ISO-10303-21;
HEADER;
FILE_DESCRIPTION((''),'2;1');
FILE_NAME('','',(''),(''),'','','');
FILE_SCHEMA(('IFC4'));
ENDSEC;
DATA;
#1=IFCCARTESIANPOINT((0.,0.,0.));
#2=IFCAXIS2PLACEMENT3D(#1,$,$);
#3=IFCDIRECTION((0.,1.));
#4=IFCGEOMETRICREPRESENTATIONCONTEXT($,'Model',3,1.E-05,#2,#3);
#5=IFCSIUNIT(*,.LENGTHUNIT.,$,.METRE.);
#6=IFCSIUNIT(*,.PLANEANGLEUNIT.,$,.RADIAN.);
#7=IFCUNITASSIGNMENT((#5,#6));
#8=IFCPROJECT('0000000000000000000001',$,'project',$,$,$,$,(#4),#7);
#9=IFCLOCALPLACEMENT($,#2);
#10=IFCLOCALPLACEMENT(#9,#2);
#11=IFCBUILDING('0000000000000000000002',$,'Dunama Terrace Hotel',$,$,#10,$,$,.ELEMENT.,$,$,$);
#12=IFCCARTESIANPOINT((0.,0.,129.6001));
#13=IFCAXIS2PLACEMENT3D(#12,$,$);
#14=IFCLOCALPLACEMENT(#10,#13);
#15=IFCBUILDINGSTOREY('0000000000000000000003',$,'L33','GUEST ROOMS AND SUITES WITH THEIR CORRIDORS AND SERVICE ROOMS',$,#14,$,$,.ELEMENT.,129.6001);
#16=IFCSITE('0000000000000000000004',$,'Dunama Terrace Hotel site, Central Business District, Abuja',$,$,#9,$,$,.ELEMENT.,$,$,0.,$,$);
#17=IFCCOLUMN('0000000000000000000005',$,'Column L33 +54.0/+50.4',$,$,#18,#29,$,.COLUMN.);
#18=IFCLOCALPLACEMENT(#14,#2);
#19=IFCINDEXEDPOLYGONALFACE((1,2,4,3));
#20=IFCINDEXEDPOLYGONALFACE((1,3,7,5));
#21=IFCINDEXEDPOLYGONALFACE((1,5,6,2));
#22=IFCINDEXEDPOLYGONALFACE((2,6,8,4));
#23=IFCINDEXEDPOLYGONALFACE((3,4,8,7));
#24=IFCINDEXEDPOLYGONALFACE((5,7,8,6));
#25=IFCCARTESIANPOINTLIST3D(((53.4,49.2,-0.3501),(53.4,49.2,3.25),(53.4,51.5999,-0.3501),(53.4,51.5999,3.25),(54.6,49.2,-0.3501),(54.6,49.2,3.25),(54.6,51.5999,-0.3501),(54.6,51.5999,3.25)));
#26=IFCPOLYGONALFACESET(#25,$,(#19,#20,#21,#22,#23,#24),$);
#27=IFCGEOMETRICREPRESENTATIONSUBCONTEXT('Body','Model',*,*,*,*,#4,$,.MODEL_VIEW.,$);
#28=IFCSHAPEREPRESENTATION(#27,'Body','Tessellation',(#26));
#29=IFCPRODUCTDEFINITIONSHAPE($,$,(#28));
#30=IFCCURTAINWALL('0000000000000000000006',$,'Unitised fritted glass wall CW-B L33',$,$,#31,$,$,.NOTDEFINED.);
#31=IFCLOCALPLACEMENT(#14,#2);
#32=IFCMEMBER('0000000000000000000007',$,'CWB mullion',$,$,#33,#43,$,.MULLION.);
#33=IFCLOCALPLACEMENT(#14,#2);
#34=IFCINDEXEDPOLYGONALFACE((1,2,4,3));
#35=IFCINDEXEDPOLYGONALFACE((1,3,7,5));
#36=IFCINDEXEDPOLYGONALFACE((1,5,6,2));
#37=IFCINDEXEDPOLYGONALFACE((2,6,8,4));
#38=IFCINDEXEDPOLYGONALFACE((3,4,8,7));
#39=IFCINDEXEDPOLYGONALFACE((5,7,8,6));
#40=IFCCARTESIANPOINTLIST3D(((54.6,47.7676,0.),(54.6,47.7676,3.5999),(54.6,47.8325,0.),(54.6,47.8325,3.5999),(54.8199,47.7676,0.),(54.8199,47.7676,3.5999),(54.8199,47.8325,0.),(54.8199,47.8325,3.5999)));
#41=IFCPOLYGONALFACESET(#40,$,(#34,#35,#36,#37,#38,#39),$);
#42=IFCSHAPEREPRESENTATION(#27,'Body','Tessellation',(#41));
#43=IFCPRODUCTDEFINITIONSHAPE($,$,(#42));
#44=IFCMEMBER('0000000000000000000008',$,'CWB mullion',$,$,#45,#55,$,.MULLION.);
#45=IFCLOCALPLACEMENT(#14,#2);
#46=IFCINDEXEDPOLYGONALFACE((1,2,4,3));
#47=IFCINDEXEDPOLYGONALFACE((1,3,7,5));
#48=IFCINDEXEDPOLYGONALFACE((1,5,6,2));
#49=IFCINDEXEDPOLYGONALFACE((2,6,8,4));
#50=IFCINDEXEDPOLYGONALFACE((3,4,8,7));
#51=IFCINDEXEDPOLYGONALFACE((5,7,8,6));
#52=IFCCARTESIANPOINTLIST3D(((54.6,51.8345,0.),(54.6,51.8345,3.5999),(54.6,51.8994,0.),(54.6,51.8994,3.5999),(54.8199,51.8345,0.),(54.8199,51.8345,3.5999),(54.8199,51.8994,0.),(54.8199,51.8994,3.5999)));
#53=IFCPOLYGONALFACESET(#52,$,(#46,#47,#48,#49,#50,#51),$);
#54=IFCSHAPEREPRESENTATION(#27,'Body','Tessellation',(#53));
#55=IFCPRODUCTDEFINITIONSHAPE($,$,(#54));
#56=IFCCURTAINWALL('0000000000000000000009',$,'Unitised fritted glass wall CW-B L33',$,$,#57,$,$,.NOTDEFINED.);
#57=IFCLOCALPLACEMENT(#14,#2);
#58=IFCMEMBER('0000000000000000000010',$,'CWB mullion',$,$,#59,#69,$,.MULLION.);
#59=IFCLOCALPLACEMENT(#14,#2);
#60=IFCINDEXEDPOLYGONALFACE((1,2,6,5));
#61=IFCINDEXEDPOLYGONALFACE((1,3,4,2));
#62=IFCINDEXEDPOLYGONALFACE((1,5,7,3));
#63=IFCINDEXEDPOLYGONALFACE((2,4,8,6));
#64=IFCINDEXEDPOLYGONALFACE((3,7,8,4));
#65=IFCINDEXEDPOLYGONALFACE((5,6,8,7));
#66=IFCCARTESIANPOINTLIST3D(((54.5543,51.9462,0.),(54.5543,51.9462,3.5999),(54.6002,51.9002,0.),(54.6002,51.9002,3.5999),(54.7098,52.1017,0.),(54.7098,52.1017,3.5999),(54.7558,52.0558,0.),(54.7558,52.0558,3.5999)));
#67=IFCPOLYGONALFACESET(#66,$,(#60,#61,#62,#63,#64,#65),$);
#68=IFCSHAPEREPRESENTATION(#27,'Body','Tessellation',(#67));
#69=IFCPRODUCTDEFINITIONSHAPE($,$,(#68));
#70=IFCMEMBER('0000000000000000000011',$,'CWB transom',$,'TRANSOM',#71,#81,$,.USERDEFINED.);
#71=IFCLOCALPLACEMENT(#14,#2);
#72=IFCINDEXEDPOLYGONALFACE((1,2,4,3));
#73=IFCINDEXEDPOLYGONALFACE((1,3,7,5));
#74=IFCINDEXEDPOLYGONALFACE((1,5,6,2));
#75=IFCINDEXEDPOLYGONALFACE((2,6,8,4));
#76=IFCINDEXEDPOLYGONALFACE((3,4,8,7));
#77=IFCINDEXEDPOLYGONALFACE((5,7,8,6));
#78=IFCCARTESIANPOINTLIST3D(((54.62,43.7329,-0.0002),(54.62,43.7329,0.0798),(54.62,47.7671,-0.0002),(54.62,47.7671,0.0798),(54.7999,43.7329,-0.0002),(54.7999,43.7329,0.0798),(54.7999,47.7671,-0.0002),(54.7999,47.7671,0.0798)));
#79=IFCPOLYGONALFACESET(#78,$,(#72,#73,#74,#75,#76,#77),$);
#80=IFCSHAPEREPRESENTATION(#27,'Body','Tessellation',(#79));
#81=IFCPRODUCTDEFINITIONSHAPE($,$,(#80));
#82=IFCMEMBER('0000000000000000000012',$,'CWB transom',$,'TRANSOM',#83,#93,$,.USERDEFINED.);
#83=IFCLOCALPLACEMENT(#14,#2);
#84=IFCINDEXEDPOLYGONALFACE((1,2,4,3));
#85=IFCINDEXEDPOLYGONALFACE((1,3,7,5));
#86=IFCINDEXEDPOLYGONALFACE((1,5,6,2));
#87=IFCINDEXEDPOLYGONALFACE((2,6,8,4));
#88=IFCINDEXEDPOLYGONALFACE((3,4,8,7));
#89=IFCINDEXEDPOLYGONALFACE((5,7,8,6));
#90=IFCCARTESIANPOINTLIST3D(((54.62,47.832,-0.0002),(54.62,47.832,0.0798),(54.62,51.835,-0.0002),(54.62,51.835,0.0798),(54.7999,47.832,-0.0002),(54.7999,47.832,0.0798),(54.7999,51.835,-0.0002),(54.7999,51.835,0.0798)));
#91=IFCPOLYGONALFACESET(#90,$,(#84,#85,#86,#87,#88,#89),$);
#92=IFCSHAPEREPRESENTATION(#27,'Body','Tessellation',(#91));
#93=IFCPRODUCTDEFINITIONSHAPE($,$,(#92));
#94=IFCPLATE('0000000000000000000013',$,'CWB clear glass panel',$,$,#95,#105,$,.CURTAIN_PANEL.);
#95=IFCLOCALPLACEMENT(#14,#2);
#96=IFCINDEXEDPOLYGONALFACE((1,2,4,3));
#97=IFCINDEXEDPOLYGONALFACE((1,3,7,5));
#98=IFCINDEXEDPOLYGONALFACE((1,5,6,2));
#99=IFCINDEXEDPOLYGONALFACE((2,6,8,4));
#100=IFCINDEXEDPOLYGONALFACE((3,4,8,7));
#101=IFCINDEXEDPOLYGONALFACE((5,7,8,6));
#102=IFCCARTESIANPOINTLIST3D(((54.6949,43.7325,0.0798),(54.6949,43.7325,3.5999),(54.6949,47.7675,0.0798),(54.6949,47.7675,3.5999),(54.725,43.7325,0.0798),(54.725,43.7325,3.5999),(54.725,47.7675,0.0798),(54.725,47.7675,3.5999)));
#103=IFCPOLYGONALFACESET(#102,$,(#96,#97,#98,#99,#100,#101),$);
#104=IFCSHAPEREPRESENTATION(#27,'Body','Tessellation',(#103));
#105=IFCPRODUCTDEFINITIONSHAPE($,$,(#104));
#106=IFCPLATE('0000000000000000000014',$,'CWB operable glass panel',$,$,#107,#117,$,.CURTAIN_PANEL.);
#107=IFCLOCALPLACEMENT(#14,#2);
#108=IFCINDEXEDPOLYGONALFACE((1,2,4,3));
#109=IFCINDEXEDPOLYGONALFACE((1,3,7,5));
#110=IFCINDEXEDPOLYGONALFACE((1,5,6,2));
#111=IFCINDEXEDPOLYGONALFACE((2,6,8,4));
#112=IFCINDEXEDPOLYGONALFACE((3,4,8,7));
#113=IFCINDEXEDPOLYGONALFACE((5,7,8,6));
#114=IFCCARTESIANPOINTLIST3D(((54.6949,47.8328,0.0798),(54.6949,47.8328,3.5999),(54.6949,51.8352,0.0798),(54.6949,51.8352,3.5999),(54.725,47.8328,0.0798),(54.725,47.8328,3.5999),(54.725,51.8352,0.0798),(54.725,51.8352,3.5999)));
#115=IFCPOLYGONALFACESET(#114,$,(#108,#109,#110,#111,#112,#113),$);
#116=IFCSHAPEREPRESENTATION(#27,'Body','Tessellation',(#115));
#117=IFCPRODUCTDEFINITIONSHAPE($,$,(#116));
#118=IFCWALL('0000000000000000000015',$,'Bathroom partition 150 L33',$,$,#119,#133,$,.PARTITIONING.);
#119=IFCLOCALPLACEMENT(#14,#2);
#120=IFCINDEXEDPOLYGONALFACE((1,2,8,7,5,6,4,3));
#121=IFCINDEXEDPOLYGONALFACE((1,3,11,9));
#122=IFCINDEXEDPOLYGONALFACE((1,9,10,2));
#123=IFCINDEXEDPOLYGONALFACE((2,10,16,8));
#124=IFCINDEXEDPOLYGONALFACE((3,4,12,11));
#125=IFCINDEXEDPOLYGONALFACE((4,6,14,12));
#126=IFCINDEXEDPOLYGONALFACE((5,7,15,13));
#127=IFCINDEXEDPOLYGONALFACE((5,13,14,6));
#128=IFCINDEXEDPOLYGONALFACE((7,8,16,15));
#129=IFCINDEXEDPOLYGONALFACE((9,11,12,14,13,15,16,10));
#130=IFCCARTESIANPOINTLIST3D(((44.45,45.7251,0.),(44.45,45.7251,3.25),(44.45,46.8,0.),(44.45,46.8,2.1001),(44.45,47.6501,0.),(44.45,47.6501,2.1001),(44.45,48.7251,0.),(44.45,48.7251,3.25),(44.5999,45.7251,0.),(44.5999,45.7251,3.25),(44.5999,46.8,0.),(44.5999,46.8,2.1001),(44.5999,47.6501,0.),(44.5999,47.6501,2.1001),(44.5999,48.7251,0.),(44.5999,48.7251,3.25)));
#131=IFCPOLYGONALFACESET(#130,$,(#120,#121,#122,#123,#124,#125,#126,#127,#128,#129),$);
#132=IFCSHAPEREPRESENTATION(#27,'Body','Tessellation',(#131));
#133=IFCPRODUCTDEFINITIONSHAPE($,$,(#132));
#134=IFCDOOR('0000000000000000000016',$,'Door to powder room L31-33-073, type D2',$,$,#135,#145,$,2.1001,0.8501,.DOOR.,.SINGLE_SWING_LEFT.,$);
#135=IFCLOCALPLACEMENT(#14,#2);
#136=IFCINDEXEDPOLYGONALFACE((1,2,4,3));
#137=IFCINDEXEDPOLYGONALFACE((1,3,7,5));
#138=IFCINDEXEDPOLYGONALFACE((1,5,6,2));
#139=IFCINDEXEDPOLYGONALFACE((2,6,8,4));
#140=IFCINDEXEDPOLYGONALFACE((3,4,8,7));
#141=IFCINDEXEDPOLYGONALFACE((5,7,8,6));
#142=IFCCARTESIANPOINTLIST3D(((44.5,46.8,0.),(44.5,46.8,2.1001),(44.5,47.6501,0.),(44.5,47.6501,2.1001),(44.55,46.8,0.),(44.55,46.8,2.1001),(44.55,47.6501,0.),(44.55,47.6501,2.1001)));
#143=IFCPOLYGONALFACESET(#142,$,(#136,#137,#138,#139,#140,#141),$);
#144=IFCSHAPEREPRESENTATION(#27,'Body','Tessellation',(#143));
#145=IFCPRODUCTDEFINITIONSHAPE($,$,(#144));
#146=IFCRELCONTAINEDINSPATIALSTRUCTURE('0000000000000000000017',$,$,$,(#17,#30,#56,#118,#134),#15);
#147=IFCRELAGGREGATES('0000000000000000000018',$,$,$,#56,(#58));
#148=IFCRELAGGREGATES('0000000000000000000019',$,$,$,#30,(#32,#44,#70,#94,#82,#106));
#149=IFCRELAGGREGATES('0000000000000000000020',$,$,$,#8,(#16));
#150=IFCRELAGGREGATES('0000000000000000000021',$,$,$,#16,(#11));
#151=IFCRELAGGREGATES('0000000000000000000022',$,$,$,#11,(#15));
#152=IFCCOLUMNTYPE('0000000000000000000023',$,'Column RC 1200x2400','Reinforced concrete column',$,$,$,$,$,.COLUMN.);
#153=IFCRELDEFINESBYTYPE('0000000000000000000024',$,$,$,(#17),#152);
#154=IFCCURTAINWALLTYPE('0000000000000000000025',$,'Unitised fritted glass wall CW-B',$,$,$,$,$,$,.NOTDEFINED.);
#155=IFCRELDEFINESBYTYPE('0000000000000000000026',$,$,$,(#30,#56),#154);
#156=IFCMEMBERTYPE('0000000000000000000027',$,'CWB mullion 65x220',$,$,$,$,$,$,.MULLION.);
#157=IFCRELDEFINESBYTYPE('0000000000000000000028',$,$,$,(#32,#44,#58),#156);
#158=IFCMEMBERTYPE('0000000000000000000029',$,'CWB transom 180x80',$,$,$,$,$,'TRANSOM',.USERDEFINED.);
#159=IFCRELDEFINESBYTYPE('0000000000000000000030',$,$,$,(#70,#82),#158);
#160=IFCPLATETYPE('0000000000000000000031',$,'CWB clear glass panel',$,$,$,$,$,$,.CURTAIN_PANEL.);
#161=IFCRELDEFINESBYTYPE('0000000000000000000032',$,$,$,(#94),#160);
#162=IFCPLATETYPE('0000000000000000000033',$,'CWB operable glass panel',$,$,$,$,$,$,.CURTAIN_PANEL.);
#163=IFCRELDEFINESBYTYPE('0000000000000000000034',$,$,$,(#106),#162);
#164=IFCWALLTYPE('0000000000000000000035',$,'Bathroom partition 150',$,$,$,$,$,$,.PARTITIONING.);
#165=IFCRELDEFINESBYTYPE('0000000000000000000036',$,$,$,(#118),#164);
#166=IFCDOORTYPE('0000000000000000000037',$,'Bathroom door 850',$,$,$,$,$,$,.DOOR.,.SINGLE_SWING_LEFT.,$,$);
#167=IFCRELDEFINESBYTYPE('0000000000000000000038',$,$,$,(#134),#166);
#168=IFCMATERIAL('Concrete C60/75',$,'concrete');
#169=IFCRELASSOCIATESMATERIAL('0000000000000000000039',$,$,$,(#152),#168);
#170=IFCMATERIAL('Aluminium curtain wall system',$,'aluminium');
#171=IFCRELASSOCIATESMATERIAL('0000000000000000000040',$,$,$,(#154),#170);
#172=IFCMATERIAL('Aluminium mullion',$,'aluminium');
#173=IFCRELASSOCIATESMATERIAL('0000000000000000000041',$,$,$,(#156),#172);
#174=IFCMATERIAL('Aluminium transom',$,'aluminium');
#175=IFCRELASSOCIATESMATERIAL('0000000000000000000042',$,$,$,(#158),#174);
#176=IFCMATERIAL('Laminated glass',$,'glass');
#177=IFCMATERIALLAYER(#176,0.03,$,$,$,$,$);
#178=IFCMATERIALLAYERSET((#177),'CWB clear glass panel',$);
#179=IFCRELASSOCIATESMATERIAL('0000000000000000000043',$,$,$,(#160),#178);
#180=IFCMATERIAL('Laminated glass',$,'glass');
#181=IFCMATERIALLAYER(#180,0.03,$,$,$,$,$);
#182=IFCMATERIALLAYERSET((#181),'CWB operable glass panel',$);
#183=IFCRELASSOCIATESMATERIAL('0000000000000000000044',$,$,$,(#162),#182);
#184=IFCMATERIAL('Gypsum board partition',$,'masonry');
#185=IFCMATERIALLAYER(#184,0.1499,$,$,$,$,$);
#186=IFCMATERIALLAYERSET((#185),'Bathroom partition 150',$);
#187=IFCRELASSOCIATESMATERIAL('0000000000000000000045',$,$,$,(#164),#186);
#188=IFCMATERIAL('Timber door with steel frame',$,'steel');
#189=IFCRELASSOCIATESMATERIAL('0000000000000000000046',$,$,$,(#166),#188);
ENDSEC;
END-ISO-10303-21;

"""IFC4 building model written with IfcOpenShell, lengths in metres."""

from ifc_helpers import new_model, si_unit, direction, frame, frame_2d, origin, origin_2d, place, context, subcontext, project, spatial, rectangle, extrude, material, layer, layer_set, material_profile, profile_set, type_object, element, fill, aggregate, save


model = new_model("IFC4")

# Units and contexts
model_context = context("Model", 3, precision=1e-05, world=origin(), true_north=direction((0.0, 1.0)))
body_context = subcontext(model_context, "Body", "Model", "MODEL_VIEW")
ifc_project = project(units=[si_unit("LENGTHUNIT", "METRE"), si_unit("PLANEANGLEUNIT", "RADIAN")], contexts=[model_context])

# Site, building, storey
site_placement = place(None, origin())
site = spatial("IfcSite", under=ifc_project, at=site_placement, Name="Dunama Terrace Hotel site, Central Business District, Abuja", CompositionType="ELEMENT", RefElevation=0.0)
building_placement = place(site_placement, origin())
building = spatial("IfcBuilding", under=site, at=building_placement, Name="Dunama Terrace Hotel", CompositionType="ELEMENT")
storey_placement = place(building_placement, frame((0.0, 0.0, 129.6001)))
storey = spatial("IfcBuildingStorey", under=building, at=storey_placement, Name="L33", Description="GUEST ROOMS AND SUITES WITH THEIR CORRIDORS AND SERVICE ROOMS", CompositionType="ELEMENT", Elevation=129.6001)

# Column
ifc_material_1 = material(Name="Concrete C60/75", Category="concrete")
ifc_material_profile_1 = material_profile(ifc_material_1, rectangle(XDim=1.2, YDim=2.3999, at=origin_2d()), Name="RC 1200x2400")
ifc_profile_set_1 = profile_set([ifc_material_profile_1], Name="Concrete C60/75")
column_type = type_object("IfcColumnType", Name="Column RC 1200x2400", Description="Reinforced concrete column", PredefinedType="COLUMN", material=ifc_profile_set_1)
column_placement = place(storey_placement, frame((54.0, 50.3999, -0.3501), z_axis=(0.0, 0.0, 1.0), x_axis=(1.0, 0.0, 0.0)))
element("IfcColumn", 1, at=column_placement, inside=storey, type_object=column_type, Name="Column L33 +54.0/+50.4", PredefinedType="COLUMN", context=body_context, shape_type="SweptSolid", body=[
    extrude(rectangle(XDim=1.2, YDim=2.3999, at=origin_2d()), origin(), (0.0, 0.0, 1.0), 3.6001),
])

# Curtain wall, members
ifc_material_2 = material(Name="Aluminium curtain wall system", Category="aluminium")
curtain_wall_type = type_object("IfcCurtainWallType", Name="Unitised fritted glass wall CW-B", PredefinedType="NOTDEFINED", material=ifc_material_2)
curtain_wall_1_placement = place(storey_placement, origin())
curtain_wall_1 = element("IfcCurtainWall", 2, at=curtain_wall_1_placement, inside=storey, type_object=curtain_wall_type, Name="Unitised fritted glass wall CW-B L33", PredefinedType="NOTDEFINED")
ifc_material_3 = material(Name="Aluminium mullion", Category="aluminium")
ifc_material_profile_2 = material_profile(ifc_material_3, rectangle(XDim=0.0649, YDim=0.22, at=origin_2d()), Name="CWB MULLION 65X220")
ifc_profile_set_2 = profile_set([ifc_material_profile_2], Name="Aluminium mullion")
member_type_1 = type_object("IfcMemberType", Name="CWB mullion 65x220", PredefinedType="MULLION", material=ifc_profile_set_2)
member_1_placement = place(storey_placement, frame((54.71, 47.8, 0.0), z_axis=(0.0, 0.0, 1.0), x_axis=(0.0, 1.0, 0.0)))
member_1 = element("IfcMember", 3, at=member_1_placement, type_object=member_type_1, Name="CWB mullion", PredefinedType="MULLION", context=body_context, shape_type="SweptSolid", body=[
    extrude(rectangle(XDim=0.0649, YDim=0.22, at=origin_2d()), origin(), (0.0, 0.0, 1.0), 3.5999),
])
member_2_placement = place(storey_placement, frame((54.71, 51.8669, 0.0), z_axis=(0.0, 0.0, 1.0), x_axis=(0.0, 1.0, 0.0)))
member_2 = element("IfcMember", 4, at=member_2_placement, type_object=member_type_1, Name="CWB mullion", PredefinedType="MULLION", context=body_context, shape_type="SweptSolid", body=[
    extrude(rectangle(XDim=0.0649, YDim=0.22, at=origin_2d()), origin(), (0.0, 0.0, 1.0), 3.5999),
])

# Curtain wall, member
curtain_wall_2_placement = place(storey_placement, origin())
curtain_wall_2 = element("IfcCurtainWall", 5, at=curtain_wall_2_placement, inside=storey, type_object=curtain_wall_type, Name="Unitised fritted glass wall CW-B L33", PredefinedType="NOTDEFINED")
member_3_placement = place(storey_placement, frame((54.655, 52.001, 0.0), z_axis=(0.0, 0.0, 1.0), x_axis=(-0.707107, 0.707107, 0.0)))
member_3 = element("IfcMember", 6, at=member_3_placement, type_object=member_type_1, Name="CWB mullion", PredefinedType="MULLION", context=body_context, shape_type="SweptSolid", body=[
    extrude(rectangle(XDim=0.0649, YDim=0.22, at=origin_2d()), origin(), (0.0, 0.0, 1.0), 3.5999),
])
aggregate(curtain_wall_2, [member_3])

# Members
ifc_material_4 = material(Name="Aluminium transom", Category="aluminium")
ifc_material_profile_3 = material_profile(ifc_material_4, rectangle(XDim=0.1799, YDim=0.0801, at=origin_2d()), Name="CWB TRANSOM 180X80")
ifc_profile_set_3 = profile_set([ifc_material_profile_3], Name="Aluminium transom")
member_type_2 = type_object("IfcMemberType", Name="CWB transom 180x80", ElementType="TRANSOM", PredefinedType="USERDEFINED", material=ifc_profile_set_3)
member_4_placement = place(storey_placement, frame((54.71, 43.7329, 0.0398), z_axis=(0.0, 1.0, 0.0), x_axis=(-1.0, 0.0, 0.0)))
member_4 = element("IfcMember", 7, at=member_4_placement, type_object=member_type_2, Name="CWB transom", ObjectType="TRANSOM", PredefinedType="USERDEFINED", context=body_context, shape_type="SweptSolid", body=[
    extrude(rectangle(XDim=0.1799, YDim=0.0801, at=origin_2d()), origin(), (0.0, 0.0, 1.0), 4.0342),
])
member_5_placement = place(storey_placement, frame((54.71, 47.832, 0.0398), z_axis=(0.0, 1.0, 0.0), x_axis=(-1.0, 0.0, 0.0)))
member_5 = element("IfcMember", 8, at=member_5_placement, type_object=member_type_2, Name="CWB transom", ObjectType="TRANSOM", PredefinedType="USERDEFINED", context=body_context, shape_type="SweptSolid", body=[
    extrude(rectangle(XDim=0.1799, YDim=0.0801, at=origin_2d()), origin(), (0.0, 0.0, 1.0), 4.0029),
])

# Plates
ifc_material_5 = material(Name="Laminated glass", Category="glass")
ifc_layer_1 = layer(ifc_material_5, 0.03)
ifc_layer_set_1 = layer_set([ifc_layer_1], Name="CWB clear glass panel")
plate_type_1 = type_object("IfcPlateType", Name="CWB clear glass panel", PredefinedType="CURTAIN_PANEL", material=ifc_layer_set_1)
plate_1_placement = place(storey_placement, frame((54.71, 45.75, 0.0798), z_axis=(0.0, 0.0, 1.0), x_axis=(0.0, 1.0, 0.0)))
plate_1 = element("IfcPlate", 9, at=plate_1_placement, type_object=plate_type_1, Name="CWB clear glass panel", PredefinedType="CURTAIN_PANEL", context=body_context, shape_type="SweptSolid", body=[
    extrude(rectangle(XDim=4.0349, YDim=0.03, at=origin_2d()), origin(), (0.0, 0.0, 1.0), 3.52),
])
ifc_material_6 = material(Name="Laminated glass", Category="glass")
ifc_layer_2 = layer(ifc_material_6, 0.03)
ifc_layer_set_2 = layer_set([ifc_layer_2], Name="CWB operable glass panel")
plate_type_2 = type_object("IfcPlateType", Name="CWB operable glass panel", PredefinedType="CURTAIN_PANEL", material=ifc_layer_set_2)
plate_2_placement = place(storey_placement, frame((54.71, 49.834, 0.0798), z_axis=(0.0, 0.0, 1.0), x_axis=(0.0, 1.0, 0.0)))
plate_2 = element("IfcPlate", 10, at=plate_2_placement, type_object=plate_type_2, Name="CWB operable glass panel", PredefinedType="CURTAIN_PANEL", context=body_context, shape_type="SweptSolid", body=[
    extrude(rectangle(XDim=4.0024, YDim=0.03, at=origin_2d()), origin(), (0.0, 0.0, 1.0), 3.52),
])
aggregate(curtain_wall_1, [member_1, member_2, member_4, plate_1, member_5, plate_2])

# Wall, opening, door
ifc_material_7 = material(Name="Gypsum board partition", Category="masonry")
ifc_layer_3 = layer(ifc_material_7, 0.1499)
ifc_layer_set_3 = layer_set([ifc_layer_3], Name="Bathroom partition 150")
wall_type_1 = type_object("IfcWallType", Name="Bathroom partition 150", PredefinedType="PARTITIONING", material=ifc_layer_set_3)
wall_1_placement = place(storey_placement, frame((44.5249, 45.7251, 0.0), z_axis=(0.0, 0.0, 1.0), x_axis=(0.0, 1.0, 0.0)))
wall_1 = element("IfcWall", 11, at=wall_1_placement, inside=storey, type_object=wall_type_1, Name="Bathroom partition 150 L33", PredefinedType="PARTITIONING", context=body_context, shape_type="SweptSolid", body=[
    extrude(rectangle(XDim=3.0, YDim=0.1499, at=frame_2d((1.5, 0.0))), origin(), (0.0, 0.0, 1.0), 3.25),
])
opening_1_placement = place(wall_1_placement, frame((1.075, 0.0, 0.0)))
opening_1 = element("IfcOpeningElement", 12, at=opening_1_placement, cuts=wall_1, PredefinedType="OPENING", context=body_context, shape_type="SweptSolid", body=[
    extrude(rectangle(XDim=0.8501, YDim=2.1001, at=frame_2d((0.425, 1.05))), frame((0.0, 0.085, 0.0), z_axis=(0.0, -1.0, 0.0), x_axis=(1.0, 0.0, 0.0)), (0.0, 0.0, 1.0), 0.1699),
])
ifc_material_8 = material(Name="Timber door with steel frame", Category="steel")
door_type_1 = type_object("IfcDoorType", Name="Bathroom door 850", OperationType="SINGLE_SWING_LEFT", PredefinedType="DOOR", material=ifc_material_8)
door_1_placement = place(opening_1_placement, origin())
door_1 = element("IfcDoor", 13, at=door_1_placement, inside=storey, type_object=door_type_1, Name="Door to powder room L31-33-073, type D2", OperationType="SINGLE_SWING_LEFT", OverallHeight=2.1001, OverallWidth=0.8501, PredefinedType="DOOR", context=body_context, shape_type="SweptSolid", body=[
    extrude(rectangle(XDim=0.8501, YDim=2.1001, at=frame_2d((0.425, 1.05))), frame((0.0, 0.0249, 0.0), z_axis=(0.0, -1.0, 0.0), x_axis=(1.0, 0.0, 0.0)), (0.0, 0.0, 1.0), 0.05),
])
fill(opening_1, door_1)

save(model, "model.ifc")
